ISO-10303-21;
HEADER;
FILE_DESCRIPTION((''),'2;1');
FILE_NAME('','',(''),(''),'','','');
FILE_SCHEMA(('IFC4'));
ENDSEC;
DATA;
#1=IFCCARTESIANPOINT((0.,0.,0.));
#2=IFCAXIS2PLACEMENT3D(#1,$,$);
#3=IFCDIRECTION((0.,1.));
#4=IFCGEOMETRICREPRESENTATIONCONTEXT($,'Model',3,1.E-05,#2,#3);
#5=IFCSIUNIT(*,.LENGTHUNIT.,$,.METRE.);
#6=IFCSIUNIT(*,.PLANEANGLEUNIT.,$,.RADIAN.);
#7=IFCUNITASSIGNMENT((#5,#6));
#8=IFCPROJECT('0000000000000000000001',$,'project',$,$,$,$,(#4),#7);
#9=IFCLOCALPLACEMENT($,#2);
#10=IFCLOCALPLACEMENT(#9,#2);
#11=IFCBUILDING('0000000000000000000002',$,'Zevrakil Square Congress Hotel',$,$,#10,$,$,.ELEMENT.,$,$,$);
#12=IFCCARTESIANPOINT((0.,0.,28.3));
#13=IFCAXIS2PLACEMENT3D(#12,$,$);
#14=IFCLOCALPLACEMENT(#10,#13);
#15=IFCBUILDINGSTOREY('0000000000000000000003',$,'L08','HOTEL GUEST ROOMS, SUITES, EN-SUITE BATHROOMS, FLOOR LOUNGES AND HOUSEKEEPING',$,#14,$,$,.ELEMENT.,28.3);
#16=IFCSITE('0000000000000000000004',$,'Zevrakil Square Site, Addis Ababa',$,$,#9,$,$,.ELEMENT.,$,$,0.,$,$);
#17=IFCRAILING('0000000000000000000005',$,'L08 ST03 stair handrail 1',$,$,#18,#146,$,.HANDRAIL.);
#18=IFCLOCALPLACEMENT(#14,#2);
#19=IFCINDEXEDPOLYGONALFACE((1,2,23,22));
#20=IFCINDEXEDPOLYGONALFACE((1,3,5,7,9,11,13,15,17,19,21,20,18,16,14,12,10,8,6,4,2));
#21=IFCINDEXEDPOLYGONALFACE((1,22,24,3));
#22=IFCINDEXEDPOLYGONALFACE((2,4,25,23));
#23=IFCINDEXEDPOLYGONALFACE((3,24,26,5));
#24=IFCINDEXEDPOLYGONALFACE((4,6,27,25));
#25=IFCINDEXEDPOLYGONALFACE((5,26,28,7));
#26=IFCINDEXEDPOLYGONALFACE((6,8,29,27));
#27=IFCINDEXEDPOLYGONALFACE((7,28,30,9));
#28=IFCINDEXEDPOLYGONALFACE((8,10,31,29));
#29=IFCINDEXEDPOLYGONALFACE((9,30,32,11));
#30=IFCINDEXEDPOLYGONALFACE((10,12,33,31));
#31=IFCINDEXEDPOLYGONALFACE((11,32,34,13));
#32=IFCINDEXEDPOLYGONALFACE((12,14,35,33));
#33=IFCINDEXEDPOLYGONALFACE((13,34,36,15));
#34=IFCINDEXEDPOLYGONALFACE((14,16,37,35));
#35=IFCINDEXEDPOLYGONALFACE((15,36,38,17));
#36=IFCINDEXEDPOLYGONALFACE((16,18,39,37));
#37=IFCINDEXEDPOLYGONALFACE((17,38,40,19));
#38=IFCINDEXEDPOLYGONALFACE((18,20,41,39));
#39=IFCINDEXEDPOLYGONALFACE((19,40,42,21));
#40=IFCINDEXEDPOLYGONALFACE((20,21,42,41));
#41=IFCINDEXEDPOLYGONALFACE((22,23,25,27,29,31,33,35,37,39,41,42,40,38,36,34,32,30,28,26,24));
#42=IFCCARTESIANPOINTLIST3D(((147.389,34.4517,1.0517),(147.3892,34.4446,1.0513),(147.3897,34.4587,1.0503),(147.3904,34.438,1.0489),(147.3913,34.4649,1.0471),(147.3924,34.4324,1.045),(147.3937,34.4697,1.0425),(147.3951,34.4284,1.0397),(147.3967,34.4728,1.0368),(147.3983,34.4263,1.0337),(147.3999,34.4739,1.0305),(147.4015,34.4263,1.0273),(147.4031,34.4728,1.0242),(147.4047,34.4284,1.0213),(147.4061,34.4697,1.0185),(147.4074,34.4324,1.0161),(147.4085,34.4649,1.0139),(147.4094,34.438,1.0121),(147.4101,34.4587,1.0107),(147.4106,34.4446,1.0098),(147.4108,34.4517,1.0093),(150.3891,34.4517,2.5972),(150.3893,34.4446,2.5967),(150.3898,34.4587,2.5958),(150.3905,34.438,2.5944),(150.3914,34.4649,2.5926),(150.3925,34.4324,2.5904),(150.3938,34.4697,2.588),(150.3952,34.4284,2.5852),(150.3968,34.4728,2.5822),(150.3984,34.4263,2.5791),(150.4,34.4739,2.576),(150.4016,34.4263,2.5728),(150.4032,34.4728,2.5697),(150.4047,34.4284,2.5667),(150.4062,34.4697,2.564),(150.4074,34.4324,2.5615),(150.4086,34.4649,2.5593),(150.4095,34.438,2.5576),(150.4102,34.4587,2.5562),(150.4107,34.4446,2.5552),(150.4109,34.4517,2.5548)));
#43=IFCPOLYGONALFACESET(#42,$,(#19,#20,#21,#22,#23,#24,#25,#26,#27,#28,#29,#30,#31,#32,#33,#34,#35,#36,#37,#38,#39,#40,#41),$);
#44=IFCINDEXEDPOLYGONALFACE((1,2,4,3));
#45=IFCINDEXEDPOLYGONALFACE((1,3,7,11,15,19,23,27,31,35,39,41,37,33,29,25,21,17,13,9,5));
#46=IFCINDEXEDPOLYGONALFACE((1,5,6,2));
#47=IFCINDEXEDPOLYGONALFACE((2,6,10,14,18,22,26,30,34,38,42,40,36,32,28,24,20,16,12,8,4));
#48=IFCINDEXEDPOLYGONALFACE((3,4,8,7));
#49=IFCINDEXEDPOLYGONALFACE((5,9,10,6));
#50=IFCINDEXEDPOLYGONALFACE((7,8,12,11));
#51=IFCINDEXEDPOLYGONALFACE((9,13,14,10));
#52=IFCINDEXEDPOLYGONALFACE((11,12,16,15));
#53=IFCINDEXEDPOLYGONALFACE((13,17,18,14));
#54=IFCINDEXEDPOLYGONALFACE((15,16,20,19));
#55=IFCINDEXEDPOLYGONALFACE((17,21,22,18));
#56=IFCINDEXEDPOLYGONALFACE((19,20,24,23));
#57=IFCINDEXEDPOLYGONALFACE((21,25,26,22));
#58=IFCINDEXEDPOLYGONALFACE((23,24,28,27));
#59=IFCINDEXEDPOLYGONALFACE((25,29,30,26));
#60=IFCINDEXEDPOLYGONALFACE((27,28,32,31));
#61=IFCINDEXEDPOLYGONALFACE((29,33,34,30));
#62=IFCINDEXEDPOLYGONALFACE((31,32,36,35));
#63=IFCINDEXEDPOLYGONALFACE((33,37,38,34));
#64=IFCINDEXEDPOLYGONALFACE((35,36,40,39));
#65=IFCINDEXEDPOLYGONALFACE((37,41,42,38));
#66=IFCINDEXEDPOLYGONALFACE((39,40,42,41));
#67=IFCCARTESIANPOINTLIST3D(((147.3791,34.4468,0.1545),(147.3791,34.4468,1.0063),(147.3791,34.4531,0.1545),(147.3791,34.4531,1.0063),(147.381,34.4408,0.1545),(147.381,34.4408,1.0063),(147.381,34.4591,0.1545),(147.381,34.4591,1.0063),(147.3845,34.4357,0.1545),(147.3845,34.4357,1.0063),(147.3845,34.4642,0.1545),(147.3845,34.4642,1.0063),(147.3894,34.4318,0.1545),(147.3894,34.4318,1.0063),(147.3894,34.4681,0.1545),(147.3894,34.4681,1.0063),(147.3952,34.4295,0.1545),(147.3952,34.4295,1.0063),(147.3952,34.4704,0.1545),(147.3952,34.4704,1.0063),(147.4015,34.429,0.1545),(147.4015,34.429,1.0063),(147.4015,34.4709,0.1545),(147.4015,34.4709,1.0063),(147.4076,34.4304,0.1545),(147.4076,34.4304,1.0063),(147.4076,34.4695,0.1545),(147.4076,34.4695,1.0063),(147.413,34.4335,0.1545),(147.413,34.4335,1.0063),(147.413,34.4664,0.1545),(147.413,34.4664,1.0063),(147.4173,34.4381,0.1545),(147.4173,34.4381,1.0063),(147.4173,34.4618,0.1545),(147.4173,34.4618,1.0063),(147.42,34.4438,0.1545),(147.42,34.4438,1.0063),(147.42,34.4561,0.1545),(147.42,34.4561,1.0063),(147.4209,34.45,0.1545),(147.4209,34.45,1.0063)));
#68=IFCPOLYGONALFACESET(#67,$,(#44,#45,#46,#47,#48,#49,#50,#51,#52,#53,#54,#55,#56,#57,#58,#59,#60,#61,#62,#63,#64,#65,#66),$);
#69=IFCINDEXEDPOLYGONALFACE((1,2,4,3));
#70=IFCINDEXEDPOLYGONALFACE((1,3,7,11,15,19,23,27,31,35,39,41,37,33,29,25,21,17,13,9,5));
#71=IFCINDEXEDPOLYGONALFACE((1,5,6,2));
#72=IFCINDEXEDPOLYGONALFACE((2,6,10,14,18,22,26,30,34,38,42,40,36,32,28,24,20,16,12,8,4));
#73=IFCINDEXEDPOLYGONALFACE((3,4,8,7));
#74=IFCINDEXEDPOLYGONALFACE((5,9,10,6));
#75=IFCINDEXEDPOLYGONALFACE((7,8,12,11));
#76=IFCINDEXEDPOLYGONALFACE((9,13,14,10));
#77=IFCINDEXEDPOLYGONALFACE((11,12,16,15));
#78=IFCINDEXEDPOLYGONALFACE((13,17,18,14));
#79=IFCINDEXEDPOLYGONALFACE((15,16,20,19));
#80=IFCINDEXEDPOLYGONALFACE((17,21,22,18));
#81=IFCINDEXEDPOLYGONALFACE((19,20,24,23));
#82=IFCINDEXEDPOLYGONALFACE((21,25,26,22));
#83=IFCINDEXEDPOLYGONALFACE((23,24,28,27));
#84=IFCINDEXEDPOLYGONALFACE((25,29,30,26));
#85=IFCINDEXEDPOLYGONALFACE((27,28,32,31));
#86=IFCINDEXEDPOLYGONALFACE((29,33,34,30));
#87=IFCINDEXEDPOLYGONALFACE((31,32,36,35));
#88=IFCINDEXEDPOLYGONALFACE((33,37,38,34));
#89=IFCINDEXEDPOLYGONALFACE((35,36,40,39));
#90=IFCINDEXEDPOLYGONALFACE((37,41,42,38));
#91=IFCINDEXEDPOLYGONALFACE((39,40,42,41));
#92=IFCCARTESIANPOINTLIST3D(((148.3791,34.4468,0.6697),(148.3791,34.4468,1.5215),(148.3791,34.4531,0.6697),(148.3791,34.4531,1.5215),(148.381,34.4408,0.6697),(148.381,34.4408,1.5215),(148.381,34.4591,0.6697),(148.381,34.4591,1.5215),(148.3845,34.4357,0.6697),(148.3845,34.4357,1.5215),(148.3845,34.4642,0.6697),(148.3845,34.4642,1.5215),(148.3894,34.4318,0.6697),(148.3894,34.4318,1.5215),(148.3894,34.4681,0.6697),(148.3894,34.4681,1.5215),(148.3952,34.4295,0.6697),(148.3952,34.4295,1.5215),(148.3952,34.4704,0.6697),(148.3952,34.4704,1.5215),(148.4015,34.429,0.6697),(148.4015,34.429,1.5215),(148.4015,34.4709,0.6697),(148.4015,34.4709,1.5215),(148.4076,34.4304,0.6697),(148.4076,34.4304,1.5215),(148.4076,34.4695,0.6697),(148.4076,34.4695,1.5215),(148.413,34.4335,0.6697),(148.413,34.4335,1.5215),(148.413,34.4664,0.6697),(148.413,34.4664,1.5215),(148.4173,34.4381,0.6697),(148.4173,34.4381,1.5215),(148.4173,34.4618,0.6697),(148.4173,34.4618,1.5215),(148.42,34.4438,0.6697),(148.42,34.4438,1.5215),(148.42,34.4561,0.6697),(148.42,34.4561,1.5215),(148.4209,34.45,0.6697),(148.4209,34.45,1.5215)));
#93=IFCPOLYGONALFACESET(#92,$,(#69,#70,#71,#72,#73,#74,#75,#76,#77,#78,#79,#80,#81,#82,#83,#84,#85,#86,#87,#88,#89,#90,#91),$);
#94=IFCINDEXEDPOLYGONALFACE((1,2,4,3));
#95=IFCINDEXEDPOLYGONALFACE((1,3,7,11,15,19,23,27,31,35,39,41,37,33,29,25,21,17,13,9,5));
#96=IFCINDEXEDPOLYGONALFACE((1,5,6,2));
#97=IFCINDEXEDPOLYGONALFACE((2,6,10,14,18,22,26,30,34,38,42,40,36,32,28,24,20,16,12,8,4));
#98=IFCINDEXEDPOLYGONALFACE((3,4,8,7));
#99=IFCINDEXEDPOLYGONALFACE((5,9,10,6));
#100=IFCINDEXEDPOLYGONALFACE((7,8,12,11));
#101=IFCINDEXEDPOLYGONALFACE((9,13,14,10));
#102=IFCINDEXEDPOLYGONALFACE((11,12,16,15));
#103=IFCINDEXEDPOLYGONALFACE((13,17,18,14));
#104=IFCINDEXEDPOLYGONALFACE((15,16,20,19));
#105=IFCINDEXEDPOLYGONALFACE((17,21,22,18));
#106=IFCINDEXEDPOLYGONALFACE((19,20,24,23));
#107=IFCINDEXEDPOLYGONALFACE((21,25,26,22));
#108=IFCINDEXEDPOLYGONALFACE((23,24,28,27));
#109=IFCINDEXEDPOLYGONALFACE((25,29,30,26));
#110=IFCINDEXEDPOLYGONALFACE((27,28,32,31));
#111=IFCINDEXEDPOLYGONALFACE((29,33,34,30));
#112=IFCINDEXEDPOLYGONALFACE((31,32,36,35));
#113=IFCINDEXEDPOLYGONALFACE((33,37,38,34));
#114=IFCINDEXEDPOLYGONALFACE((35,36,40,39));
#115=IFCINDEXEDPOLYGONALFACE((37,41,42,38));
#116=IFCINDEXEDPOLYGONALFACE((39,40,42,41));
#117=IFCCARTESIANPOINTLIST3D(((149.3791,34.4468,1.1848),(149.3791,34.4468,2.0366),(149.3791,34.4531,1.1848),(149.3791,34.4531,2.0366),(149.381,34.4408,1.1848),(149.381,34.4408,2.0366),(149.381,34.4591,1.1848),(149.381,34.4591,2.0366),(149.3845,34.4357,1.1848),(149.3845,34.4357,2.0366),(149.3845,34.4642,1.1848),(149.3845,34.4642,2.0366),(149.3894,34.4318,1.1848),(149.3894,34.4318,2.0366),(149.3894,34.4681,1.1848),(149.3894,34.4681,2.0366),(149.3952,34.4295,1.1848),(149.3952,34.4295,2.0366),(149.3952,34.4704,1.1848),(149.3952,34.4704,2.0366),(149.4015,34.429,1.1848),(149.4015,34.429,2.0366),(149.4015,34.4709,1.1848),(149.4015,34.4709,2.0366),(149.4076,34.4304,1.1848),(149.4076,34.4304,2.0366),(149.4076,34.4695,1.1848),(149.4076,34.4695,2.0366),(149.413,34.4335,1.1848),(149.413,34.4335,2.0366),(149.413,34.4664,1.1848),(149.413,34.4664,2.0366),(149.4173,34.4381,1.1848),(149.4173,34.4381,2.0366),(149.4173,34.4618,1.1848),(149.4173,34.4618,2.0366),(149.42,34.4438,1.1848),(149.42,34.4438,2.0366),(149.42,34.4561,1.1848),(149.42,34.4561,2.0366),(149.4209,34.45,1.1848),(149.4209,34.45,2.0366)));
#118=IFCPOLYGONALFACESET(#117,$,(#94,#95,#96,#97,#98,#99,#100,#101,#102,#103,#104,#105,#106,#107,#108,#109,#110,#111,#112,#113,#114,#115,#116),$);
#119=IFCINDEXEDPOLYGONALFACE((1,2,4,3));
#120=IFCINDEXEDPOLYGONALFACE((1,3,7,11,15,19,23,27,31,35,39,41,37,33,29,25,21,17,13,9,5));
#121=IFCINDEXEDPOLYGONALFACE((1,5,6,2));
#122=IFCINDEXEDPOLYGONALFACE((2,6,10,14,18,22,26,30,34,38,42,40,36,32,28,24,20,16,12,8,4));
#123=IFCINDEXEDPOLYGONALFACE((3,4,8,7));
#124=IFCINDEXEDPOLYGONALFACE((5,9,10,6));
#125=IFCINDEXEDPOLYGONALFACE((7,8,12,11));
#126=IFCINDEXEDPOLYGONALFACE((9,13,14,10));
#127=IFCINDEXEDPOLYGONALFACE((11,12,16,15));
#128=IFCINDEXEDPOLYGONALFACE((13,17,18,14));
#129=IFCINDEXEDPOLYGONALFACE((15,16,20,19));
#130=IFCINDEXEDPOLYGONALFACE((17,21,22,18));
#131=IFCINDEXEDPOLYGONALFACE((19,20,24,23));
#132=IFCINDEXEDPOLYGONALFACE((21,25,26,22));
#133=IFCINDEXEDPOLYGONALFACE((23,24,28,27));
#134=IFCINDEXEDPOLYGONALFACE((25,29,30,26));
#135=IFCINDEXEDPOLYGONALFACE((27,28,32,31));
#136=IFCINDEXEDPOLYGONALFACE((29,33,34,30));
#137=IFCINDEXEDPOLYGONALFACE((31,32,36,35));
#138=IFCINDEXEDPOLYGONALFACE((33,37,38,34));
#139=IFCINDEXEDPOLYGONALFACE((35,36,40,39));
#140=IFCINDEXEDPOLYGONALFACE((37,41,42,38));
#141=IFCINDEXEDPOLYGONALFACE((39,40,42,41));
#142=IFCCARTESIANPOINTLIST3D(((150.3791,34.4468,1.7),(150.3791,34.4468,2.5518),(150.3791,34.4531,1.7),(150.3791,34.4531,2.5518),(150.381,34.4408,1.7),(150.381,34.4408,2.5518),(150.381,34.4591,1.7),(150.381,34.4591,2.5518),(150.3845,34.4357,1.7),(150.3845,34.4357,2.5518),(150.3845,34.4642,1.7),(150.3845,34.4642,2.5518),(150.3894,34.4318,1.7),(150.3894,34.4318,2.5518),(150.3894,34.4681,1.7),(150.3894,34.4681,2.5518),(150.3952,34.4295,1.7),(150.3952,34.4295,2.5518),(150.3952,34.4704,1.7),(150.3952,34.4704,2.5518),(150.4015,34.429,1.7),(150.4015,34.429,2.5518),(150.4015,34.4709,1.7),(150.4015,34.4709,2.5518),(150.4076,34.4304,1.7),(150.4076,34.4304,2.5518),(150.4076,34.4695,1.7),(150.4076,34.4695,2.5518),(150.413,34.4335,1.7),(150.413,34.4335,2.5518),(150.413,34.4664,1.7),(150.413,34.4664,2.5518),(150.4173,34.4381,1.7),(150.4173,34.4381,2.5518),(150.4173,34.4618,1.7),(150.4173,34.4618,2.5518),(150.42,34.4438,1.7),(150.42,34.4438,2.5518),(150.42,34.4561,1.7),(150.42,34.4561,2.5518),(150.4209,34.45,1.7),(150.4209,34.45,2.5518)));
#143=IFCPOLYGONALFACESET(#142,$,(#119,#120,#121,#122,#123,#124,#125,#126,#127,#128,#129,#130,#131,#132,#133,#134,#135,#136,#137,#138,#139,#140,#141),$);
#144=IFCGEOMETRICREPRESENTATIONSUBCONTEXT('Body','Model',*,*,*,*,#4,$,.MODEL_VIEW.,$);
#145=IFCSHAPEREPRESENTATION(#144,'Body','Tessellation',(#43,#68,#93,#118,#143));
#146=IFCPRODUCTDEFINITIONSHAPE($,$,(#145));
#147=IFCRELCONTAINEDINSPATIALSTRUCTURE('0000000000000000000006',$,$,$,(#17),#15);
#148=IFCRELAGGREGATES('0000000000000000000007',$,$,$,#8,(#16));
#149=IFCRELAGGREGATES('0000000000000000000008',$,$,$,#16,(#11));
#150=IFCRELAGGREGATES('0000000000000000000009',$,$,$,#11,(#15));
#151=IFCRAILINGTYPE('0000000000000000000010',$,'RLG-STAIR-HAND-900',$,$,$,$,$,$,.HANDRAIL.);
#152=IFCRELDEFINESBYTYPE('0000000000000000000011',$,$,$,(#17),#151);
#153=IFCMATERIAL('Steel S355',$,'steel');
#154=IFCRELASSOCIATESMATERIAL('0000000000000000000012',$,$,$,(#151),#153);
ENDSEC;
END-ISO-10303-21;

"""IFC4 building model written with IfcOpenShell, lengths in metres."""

from ifc_helpers import new_model, si_unit, direction, frame, origin, origin_2d, place, context, subcontext, project, spatial, circle, extrude, material, type_object, element, save


model = new_model("IFC4")

# Units and contexts
model_context = context("Model", 3, precision=1e-05, world=origin(), true_north=direction((0.0, 1.0)))
body_context = subcontext(model_context, "Body", "Model", "MODEL_VIEW")
ifc_project = project(units=[si_unit("LENGTHUNIT", "METRE"), si_unit("PLANEANGLEUNIT", "RADIAN")], contexts=[model_context])

# Site, building, storey
site_placement = place(None, origin())
site = spatial("IfcSite", under=ifc_project, at=site_placement, Name="Zevrakil Square Site, Addis Ababa", CompositionType="ELEMENT", RefElevation=0.0)
building_placement = place(site_placement, origin())
building = spatial("IfcBuilding", under=site, at=building_placement, Name="Zevrakil Square Congress Hotel", CompositionType="ELEMENT")
storey_placement = place(building_placement, frame((0.0, 0.0, 28.3)))
storey = spatial("IfcBuildingStorey", under=building, at=storey_placement, Name="L08", Description="HOTEL GUEST ROOMS, SUITES, EN-SUITE BATHROOMS, FLOOR LOUNGES AND HOUSEKEEPING", CompositionType="ELEMENT", Elevation=28.3)

# Railing
ifc_material_1 = material(Name="Steel S355", Category="steel")
railing_type_1 = type_object("IfcRailingType", Name="RLG-STAIR-HAND-900", PredefinedType="HANDRAIL", material=ifc_material_1)
railing_1_placement = place(storey_placement, frame((147.3999, 34.45, 0.1545)))
element("IfcRailing", 1, at=railing_1_placement, inside=storey, type_object=railing_type_1, Name="L08 ST03 stair handrail 1", PredefinedType="HANDRAIL", context=body_context, shape_type="SweptSolid", body=[
    extrude(circle(Radius=0.0239, at=origin_2d()), frame((0.0, 0.0, 0.876), z_axis=(0.88898, 0.0, 0.457946), x_axis=(0.0, 1.0, 0.0)), (0.0, 0.0, 1.0), 3.3748),
    extrude(circle(Radius=0.021, at=origin_2d()), origin(), (0.0, 0.0, 1.0), 0.8518),
    extrude(circle(Radius=0.021, at=origin_2d()), frame((1.0, 0.0, 0.5151)), (0.0, 0.0, 1.0), 0.8518),
    extrude(circle(Radius=0.021, at=origin_2d()), frame((2.0, 0.0, 1.0303)), (0.0, 0.0, 1.0), 0.8518),
    extrude(circle(Radius=0.021, at=origin_2d()), frame((3.0, 0.0, 1.5454)), (0.0, 0.0, 1.0), 0.8518),
])

save(model, "model.ifc")
